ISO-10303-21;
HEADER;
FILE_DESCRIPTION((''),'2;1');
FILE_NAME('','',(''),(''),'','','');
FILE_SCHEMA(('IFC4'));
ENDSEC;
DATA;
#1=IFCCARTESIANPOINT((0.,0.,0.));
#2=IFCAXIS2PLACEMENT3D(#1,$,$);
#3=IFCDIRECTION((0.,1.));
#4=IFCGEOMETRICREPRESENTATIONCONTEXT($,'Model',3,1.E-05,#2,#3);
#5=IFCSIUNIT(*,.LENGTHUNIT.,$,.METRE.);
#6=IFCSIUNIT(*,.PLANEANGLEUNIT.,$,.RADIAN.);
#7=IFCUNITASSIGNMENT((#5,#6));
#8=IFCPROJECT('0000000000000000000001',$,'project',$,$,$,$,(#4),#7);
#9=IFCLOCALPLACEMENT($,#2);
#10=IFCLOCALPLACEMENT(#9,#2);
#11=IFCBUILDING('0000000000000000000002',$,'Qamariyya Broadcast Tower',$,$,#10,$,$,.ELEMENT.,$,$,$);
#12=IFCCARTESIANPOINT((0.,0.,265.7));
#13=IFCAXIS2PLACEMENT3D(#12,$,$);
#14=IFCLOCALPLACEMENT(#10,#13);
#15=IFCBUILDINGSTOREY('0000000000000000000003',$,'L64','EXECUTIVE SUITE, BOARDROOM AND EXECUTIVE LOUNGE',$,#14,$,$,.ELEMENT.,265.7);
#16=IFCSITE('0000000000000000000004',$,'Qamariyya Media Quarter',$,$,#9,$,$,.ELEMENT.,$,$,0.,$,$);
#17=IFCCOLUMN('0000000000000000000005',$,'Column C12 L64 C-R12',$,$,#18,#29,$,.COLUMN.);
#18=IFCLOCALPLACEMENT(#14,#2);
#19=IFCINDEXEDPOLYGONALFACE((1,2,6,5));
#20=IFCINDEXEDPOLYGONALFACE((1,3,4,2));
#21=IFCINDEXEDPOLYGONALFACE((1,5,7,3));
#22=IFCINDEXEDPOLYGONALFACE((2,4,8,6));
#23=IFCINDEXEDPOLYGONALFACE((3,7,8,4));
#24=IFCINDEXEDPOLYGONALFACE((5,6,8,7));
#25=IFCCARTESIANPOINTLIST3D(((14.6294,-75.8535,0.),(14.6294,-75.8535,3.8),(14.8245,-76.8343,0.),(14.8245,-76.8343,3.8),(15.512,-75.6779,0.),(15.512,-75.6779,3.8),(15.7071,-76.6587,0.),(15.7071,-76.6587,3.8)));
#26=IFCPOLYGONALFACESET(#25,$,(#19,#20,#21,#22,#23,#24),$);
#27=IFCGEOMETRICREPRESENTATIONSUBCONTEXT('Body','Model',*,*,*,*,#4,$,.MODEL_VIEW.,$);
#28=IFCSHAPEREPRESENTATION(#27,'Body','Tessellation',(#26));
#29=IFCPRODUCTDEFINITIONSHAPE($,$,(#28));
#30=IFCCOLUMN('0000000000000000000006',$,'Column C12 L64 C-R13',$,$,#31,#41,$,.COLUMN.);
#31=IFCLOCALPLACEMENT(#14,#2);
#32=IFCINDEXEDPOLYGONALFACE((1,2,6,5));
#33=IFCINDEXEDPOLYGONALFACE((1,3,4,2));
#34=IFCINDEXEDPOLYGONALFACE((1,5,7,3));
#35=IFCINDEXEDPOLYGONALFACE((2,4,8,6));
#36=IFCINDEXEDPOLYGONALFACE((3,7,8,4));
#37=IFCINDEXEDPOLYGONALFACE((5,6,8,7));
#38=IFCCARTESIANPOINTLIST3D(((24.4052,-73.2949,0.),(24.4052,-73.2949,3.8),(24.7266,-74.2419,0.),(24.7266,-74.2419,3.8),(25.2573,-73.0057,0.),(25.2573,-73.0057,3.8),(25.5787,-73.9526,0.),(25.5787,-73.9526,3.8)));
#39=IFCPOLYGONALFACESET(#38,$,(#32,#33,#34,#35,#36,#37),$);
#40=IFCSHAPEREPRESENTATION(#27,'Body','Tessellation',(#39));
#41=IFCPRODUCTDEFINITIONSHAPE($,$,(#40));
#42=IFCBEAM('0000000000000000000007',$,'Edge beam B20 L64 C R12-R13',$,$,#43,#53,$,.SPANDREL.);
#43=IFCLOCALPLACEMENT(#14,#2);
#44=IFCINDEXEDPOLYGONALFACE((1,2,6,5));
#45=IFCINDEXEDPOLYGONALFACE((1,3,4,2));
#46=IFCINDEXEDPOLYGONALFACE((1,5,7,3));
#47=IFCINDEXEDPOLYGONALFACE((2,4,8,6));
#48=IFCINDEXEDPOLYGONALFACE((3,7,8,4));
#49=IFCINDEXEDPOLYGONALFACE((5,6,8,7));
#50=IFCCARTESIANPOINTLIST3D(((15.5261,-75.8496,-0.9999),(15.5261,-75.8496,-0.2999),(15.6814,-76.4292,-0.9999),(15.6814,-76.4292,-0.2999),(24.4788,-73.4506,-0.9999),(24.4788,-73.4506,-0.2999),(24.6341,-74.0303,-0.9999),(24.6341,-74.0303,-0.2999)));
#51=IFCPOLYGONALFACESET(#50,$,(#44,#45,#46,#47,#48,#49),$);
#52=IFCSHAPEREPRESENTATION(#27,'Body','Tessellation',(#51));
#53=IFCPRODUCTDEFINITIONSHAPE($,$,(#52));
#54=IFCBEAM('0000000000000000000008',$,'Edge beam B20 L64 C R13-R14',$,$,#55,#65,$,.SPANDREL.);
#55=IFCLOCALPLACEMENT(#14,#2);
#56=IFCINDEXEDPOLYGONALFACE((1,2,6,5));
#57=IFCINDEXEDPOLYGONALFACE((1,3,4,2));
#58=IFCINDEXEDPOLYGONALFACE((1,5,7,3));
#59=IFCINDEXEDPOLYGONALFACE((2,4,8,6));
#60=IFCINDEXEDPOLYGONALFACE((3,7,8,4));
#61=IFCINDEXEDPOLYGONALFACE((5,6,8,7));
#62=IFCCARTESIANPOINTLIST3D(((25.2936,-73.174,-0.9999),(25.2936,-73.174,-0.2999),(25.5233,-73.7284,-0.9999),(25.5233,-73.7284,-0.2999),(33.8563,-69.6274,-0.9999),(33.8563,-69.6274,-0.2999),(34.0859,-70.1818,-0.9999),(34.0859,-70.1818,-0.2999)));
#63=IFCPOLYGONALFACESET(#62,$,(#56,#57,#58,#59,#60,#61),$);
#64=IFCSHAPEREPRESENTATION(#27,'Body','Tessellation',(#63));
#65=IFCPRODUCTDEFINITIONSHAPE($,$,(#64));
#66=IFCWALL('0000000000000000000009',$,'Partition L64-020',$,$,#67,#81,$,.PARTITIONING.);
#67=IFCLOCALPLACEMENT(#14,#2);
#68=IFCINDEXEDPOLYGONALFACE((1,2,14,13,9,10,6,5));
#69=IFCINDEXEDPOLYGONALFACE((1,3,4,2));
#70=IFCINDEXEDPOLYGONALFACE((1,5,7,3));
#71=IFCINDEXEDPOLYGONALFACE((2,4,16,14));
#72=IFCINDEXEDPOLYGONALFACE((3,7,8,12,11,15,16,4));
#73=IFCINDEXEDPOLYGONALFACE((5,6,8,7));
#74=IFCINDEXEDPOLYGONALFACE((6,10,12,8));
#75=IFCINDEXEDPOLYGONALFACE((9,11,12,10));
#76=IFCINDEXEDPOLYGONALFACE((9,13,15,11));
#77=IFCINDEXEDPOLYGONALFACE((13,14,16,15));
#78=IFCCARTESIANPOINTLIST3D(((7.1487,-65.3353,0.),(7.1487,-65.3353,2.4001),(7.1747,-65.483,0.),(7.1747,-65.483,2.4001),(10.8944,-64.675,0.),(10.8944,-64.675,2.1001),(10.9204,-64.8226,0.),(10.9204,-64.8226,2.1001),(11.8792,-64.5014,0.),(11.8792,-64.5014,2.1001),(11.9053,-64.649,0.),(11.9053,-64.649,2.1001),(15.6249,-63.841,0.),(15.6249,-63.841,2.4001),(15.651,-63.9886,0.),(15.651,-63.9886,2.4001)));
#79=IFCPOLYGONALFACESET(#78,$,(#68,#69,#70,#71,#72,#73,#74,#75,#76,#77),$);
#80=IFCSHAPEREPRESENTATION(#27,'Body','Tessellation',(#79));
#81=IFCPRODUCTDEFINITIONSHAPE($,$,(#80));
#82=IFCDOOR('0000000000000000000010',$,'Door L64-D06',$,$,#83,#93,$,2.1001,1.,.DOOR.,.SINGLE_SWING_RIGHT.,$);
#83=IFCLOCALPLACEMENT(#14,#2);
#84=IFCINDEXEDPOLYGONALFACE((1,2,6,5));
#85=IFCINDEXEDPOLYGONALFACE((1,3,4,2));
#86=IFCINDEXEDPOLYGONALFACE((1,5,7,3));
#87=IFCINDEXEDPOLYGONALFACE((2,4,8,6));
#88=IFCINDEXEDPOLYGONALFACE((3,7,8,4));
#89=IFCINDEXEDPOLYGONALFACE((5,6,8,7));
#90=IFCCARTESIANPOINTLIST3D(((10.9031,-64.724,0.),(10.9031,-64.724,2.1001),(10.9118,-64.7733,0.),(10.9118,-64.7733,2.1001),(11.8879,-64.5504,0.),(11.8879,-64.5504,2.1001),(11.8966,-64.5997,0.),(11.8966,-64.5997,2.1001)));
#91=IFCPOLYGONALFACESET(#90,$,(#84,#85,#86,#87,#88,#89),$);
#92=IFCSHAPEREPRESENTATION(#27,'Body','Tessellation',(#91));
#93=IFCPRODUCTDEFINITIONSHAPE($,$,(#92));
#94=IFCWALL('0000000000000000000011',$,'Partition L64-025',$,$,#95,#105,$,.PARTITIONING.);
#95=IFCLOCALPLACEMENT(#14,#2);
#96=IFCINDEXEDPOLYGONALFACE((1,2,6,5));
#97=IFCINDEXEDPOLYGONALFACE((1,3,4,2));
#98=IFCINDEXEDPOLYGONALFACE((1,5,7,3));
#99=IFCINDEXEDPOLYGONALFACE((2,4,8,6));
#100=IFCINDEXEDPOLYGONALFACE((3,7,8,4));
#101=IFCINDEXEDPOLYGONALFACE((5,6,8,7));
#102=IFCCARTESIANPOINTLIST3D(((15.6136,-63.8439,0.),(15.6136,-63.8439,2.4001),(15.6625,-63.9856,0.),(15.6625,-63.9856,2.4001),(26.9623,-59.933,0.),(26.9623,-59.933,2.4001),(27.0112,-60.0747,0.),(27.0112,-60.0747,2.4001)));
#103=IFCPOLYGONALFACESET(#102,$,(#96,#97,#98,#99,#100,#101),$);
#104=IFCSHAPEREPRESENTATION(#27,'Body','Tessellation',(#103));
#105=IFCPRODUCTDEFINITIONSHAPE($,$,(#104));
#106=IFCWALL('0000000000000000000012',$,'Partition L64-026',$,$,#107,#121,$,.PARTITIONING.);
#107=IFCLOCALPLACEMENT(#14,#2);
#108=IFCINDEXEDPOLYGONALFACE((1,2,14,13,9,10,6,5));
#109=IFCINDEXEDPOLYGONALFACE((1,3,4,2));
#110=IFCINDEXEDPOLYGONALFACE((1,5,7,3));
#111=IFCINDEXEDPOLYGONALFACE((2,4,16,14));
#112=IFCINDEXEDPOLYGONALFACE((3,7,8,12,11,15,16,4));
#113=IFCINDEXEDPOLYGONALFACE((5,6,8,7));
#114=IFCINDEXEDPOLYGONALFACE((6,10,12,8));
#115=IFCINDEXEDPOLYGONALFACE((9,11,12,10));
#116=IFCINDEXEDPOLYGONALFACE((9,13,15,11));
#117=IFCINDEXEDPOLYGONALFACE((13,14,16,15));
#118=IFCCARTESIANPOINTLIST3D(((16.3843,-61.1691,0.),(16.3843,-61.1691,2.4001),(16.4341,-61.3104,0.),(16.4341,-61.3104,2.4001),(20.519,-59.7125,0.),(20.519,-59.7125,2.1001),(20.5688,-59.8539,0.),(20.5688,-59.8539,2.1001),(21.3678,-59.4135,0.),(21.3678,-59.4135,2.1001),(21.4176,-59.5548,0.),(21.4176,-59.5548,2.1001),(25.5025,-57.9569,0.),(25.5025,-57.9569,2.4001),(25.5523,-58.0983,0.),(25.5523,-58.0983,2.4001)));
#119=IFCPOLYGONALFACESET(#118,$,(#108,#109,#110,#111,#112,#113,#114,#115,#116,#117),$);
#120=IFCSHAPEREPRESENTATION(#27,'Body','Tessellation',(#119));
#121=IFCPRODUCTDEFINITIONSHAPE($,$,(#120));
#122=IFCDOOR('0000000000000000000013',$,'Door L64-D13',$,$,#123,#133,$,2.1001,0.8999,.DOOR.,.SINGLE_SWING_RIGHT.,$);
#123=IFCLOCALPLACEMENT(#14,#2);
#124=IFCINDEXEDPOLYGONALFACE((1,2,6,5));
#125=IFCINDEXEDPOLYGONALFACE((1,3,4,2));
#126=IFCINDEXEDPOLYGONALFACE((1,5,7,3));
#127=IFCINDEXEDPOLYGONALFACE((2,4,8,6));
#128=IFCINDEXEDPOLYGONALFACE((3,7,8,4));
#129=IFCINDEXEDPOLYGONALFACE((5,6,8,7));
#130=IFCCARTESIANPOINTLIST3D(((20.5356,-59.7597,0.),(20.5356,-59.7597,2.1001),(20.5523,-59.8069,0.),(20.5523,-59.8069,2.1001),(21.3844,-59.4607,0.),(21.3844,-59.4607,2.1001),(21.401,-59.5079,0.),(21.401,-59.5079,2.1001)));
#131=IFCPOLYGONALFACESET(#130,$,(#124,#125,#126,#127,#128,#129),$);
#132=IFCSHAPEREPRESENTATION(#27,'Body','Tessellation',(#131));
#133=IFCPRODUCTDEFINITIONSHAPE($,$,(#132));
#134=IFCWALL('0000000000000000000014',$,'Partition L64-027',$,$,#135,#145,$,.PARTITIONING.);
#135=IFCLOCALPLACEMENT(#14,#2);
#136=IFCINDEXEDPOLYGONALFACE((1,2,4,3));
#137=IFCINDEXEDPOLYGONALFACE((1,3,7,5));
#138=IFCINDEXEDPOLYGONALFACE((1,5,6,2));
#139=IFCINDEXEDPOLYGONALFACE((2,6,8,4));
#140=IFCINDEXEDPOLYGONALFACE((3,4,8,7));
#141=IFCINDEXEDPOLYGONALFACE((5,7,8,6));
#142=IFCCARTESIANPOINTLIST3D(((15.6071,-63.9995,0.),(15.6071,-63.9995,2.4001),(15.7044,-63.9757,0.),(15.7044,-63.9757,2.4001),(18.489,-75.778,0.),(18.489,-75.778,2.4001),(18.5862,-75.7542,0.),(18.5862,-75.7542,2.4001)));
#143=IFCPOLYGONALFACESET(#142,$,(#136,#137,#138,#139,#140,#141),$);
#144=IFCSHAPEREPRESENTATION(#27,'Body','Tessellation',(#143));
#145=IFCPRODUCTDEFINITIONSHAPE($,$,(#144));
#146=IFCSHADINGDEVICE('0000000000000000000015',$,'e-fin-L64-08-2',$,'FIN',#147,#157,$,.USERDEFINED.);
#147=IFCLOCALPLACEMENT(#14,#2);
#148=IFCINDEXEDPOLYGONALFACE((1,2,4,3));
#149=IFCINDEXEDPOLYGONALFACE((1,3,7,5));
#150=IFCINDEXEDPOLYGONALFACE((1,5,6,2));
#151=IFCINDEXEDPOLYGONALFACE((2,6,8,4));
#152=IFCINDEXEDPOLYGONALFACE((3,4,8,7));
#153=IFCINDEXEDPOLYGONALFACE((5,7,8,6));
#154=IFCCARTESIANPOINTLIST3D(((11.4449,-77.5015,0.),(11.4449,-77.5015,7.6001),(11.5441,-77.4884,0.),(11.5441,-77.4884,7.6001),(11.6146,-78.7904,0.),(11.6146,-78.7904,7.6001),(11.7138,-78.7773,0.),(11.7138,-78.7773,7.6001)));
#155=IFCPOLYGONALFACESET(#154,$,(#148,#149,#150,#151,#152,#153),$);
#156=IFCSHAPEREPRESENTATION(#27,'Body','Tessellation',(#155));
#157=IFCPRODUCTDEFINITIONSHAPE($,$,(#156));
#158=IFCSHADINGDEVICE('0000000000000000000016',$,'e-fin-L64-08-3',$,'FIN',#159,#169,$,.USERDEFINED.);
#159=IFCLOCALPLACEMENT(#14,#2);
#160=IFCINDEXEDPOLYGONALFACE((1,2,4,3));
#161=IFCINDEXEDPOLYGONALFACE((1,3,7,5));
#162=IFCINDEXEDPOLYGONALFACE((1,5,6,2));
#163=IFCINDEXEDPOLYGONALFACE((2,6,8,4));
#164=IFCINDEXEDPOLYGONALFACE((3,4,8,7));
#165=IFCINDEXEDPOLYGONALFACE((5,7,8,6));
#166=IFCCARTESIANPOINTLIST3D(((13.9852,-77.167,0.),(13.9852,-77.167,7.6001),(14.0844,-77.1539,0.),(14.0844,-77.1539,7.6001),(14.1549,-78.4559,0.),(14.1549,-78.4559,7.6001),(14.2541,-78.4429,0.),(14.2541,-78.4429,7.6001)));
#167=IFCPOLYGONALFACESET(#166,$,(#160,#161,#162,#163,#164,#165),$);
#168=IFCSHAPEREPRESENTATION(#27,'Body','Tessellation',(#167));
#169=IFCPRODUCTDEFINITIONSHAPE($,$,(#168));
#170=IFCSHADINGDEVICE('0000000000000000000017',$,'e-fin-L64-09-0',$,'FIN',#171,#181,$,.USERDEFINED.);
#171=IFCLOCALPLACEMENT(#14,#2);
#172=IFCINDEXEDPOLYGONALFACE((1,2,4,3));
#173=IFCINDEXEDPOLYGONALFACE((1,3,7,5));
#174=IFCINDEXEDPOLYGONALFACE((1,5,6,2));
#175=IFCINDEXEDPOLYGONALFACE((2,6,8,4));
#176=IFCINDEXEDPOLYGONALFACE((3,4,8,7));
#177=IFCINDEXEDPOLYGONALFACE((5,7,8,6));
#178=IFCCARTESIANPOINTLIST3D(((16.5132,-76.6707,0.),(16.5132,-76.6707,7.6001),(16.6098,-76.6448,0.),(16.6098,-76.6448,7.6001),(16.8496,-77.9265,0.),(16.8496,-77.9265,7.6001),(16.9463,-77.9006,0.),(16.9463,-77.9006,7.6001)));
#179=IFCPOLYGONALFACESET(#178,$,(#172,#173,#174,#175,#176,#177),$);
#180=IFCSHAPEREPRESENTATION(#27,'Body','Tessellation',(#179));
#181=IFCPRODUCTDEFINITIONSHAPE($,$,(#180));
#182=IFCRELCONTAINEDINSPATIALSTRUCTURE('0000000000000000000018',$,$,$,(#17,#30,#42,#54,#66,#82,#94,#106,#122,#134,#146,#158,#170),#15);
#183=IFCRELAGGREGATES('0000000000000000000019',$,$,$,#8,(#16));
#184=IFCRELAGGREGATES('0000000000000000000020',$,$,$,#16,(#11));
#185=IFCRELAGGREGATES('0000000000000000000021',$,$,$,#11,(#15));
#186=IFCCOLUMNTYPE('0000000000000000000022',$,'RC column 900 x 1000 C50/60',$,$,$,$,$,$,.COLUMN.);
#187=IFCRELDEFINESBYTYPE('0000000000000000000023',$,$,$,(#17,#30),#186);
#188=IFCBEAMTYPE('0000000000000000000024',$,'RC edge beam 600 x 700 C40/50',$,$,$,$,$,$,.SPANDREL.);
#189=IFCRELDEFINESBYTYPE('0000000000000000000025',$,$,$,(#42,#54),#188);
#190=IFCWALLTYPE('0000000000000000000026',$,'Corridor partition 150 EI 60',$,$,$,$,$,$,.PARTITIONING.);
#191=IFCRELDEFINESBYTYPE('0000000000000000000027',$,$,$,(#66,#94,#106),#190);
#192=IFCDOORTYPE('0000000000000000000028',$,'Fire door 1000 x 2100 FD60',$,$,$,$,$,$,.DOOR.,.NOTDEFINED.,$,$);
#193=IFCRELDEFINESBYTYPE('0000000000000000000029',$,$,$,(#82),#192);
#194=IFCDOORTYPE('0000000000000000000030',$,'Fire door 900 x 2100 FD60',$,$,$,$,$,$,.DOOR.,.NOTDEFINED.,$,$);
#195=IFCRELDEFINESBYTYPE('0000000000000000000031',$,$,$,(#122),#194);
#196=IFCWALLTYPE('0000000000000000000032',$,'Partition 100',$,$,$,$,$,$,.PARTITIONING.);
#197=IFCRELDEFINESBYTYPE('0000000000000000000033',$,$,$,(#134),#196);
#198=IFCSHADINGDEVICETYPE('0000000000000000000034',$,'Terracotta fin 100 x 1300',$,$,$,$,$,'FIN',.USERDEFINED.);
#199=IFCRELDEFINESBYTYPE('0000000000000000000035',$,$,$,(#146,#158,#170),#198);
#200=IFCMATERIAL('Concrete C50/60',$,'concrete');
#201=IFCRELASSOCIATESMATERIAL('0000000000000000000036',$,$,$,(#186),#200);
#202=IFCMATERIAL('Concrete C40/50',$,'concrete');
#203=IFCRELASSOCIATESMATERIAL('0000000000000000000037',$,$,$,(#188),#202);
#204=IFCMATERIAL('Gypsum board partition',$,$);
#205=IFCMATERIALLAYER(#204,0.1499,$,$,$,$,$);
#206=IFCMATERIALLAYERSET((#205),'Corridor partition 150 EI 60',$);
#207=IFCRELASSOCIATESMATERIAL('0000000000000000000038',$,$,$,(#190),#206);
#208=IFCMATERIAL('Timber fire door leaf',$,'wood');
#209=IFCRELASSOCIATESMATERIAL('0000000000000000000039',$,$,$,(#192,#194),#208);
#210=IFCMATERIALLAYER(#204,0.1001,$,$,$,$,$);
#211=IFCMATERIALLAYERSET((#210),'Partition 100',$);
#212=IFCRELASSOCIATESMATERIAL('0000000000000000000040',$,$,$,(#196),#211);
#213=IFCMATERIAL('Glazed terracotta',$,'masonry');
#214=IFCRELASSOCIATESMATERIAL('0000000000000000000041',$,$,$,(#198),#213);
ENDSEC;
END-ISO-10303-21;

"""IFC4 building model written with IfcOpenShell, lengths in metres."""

from ifc_helpers import new_model, si_unit, direction, frame, frame_2d, origin, origin_2d, place, context, subcontext, project, spatial, rectangle, extrude, material, layer, layer_set, material_profile, profile_set, type_object, element, fill, save


model = new_model("IFC4")

# Units and contexts
model_context = context("Model", 3, precision=1e-05, world=origin(), true_north=direction((0.0, 1.0)))
body_context = subcontext(model_context, "Body", "Model", "MODEL_VIEW")
ifc_project = project(units=[si_unit("LENGTHUNIT", "METRE"), si_unit("PLANEANGLEUNIT", "RADIAN")], contexts=[model_context])

# Site, building, storey
site_placement = place(None, origin())
site = spatial("IfcSite", under=ifc_project, at=site_placement, Name="Qamariyya Media Quarter", CompositionType="ELEMENT", RefElevation=0.0)
building_placement = place(site_placement, origin())
building = spatial("IfcBuilding", under=site, at=building_placement, Name="Qamariyya Broadcast Tower", CompositionType="ELEMENT")
storey_placement = place(building_placement, frame((0.0, 0.0, 265.7)))
storey = spatial("IfcBuildingStorey", under=building, at=storey_placement, Name="L64", Description="EXECUTIVE SUITE, BOARDROOM AND EXECUTIVE LOUNGE", CompositionType="ELEMENT", Elevation=265.7)

# Columns
ifc_material_1 = material(Name="Concrete C50/60", Category="concrete")
ifc_material_profile_1 = material_profile(ifc_material_1, rectangle(XDim=0.8999, YDim=1.0, at=origin_2d()))
ifc_profile_set_1 = profile_set([ifc_material_profile_1], Name="Concrete C50/60")
column_type = type_object("IfcColumnType", Name="RC column 900 x 1000 C50/60", PredefinedType="COLUMN", material=ifc_profile_set_1)
for number, where, z_axis, x_axis, name in (
    (1, (15.1682, -76.2561, 0.0), (0.0, 0.0, 1.0), (0.980785, 0.19509, 0.0), "Column C12 L64 C-R12"),
    (2, (24.9919, -73.6238, 0.0), (0.0, 0.0, 1.0), (0.94693, 0.321439, 0.0), "Column C12 L64 C-R13"),
):
    element("IfcColumn", number, at=place(storey_placement, frame(where, z_axis=z_axis, x_axis=x_axis)), inside=storey, type_object=column_type, Name=name, PredefinedType="COLUMN", context=body_context, shape_type="SweptSolid", body=[
        extrude(rectangle(XDim=0.8999, YDim=1.0, at=origin_2d()), origin(), (0.0, 0.0, 1.0), 3.8),
    ])

# Beams
ifc_material_2 = material(Name="Concrete C40/50", Category="concrete")
ifc_material_profile_2 = material_profile(ifc_material_2, rectangle(XDim=0.6001, YDim=0.7, at=origin_2d()))
ifc_profile_set_2 = profile_set([ifc_material_profile_2], Name="Concrete C40/50")
beam_type = type_object("IfcBeamType", Name="RC edge beam 600 x 700 C40/50", PredefinedType="SPANDREL", material=ifc_profile_set_2)
beam_1_placement = place(storey_placement, frame((15.6038, -76.1394, -0.6499), z_axis=(0.965924, 0.258826, 0.0), x_axis=(-0.258826, 0.965924, 0.0)))
element("IfcBeam", 3, at=beam_1_placement, inside=storey, type_object=beam_type, Name="Edge beam B20 L64 C R12-R13", PredefinedType="SPANDREL", context=body_context, shape_type="SweptSolid", body=[
    extrude(rectangle(XDim=0.6001, YDim=0.7, at=origin_2d()), origin(), (0.0, 0.0, 1.0), 9.2686),
])
beam_2_placement = place(storey_placement, frame((25.4084, -73.4512, -0.6499), z_axis=(0.923886, 0.382667, 0.0), x_axis=(-0.382667, 0.923886, 0.0)))
element("IfcBeam", 4, at=beam_2_placement, inside=storey, type_object=beam_type, Name="Edge beam B20 L64 C R13-R14", PredefinedType="SPANDREL", context=body_context, shape_type="SweptSolid", body=[
    extrude(rectangle(XDim=0.6001, YDim=0.7, at=origin_2d()), origin(), (0.0, 0.0, 1.0), 9.2681),
])

# Wall, opening, door
ifc_material_3 = material(Name="Gypsum board partition")
ifc_layer_1 = layer(ifc_material_3, 0.1499)
ifc_layer_set_1 = layer_set([ifc_layer_1], Name="Corridor partition 150 EI 60")
wall_type_1 = type_object("IfcWallType", Name="Corridor partition 150 EI 60", PredefinedType="PARTITIONING", material=ifc_layer_set_1)
wall_1_placement = place(storey_placement, frame((15.6379, -63.9148, 0.0), z_axis=(0.0, 0.0, 1.0), x_axis=(-0.984812, -0.173624, 0.0)))
wall_1 = element("IfcWall", 5, at=wall_1_placement, inside=storey, type_object=wall_type_1, Name="Partition L64-020", PredefinedType="PARTITIONING", context=body_context, shape_type="SweptSolid", body=[
    extrude(rectangle(XDim=8.6069, YDim=0.1499, at=frame_2d((4.3035, 0.0))), origin(), (0.0, 0.0, 1.0), 2.4001),
])
opening_1_placement = place(wall_1_placement, frame((3.8035, 0.0, 0.0)))
opening_1 = element("IfcOpeningElement", 6, at=opening_1_placement, cuts=wall_1, PredefinedType="OPENING", context=body_context, shape_type="SweptSolid", body=[
    extrude(rectangle(XDim=1.0, YDim=2.1001, at=frame_2d((0.5, 1.05))), frame((0.0, 0.085, 0.0), z_axis=(0.0, -1.0, 0.0), x_axis=(1.0, 0.0, 0.0)), (0.0, 0.0, 1.0), 0.1699),
])
ifc_material_4 = material(Name="Timber fire door leaf", Category="wood")
door_type_1 = type_object("IfcDoorType", Name="Fire door 1000 x 2100 FD60", OperationType="NOTDEFINED", PredefinedType="DOOR", material=ifc_material_4)
door_1_placement = place(opening_1_placement, origin())
door_1 = element("IfcDoor", 7, at=door_1_placement, inside=storey, type_object=door_type_1, Name="Door L64-D06", OperationType="SINGLE_SWING_RIGHT", OverallHeight=2.1001, OverallWidth=1.0, PredefinedType="DOOR", context=body_context, shape_type="SweptSolid", body=[
    extrude(rectangle(XDim=1.0, YDim=2.1001, at=frame_2d((0.5, 1.05))), frame((0.0, 0.0249, 0.0), z_axis=(0.0, -1.0, 0.0), x_axis=(1.0, 0.0, 0.0)), (0.0, 0.0, 1.0), 0.05),
])
fill(opening_1, door_1)

# Wall
wall_2_placement = place(storey_placement, frame((15.6379, -63.9148, 0.0), z_axis=(0.0, 0.0, 1.0), x_axis=(0.945435, 0.32581, 0.0)))
element("IfcWall", 8, at=wall_2_placement, inside=storey, type_object=wall_type_1, Name="Partition L64-025", PredefinedType="PARTITIONING", context=body_context, shape_type="SweptSolid", body=[
    extrude(rectangle(XDim=12.0037, YDim=0.1499, at=frame_2d((6.002, 0.0))), origin(), (0.0, 0.0, 1.0), 2.4001),
])

# Wall, opening, door
wall_3_placement = place(storey_placement, frame((16.4092, -61.2397, 0.0), z_axis=(0.0, 0.0, 1.0), x_axis=(0.943186, 0.332267, 0.0)))
wall_3 = element("IfcWall", 9, at=wall_3_placement, inside=storey, type_object=wall_type_1, Name="Partition L64-026", PredefinedType="PARTITIONING", context=body_context, shape_type="SweptSolid", body=[
    extrude(rectangle(XDim=9.6675, YDim=0.1499, at=frame_2d((4.8337, 0.0))), origin(), (0.0, 0.0, 1.0), 2.4001),
])
opening_2_placement = place(wall_3_placement, frame((4.3838, 0.0, 0.0)))
opening_2 = element("IfcOpeningElement", 10, at=opening_2_placement, cuts=wall_3, PredefinedType="OPENING", context=body_context, shape_type="SweptSolid", body=[
    extrude(rectangle(XDim=0.8999, YDim=2.1001, at=frame_2d((0.45, 1.05))), frame((0.0, 0.085, 0.0), z_axis=(0.0, -1.0, 0.0), x_axis=(1.0, 0.0, 0.0)), (0.0, 0.0, 1.0), 0.1699),
])
door_type_2 = type_object("IfcDoorType", Name="Fire door 900 x 2100 FD60", OperationType="NOTDEFINED", PredefinedType="DOOR", material=ifc_material_4)
door_2_placement = place(opening_2_placement, origin())
door_2 = element("IfcDoor", 11, at=door_2_placement, inside=storey, type_object=door_type_2, Name="Door L64-D13", OperationType="SINGLE_SWING_RIGHT", OverallHeight=2.1001, OverallWidth=0.8999, PredefinedType="DOOR", context=body_context, shape_type="SweptSolid", body=[
    extrude(rectangle(XDim=0.8999, YDim=2.1001, at=frame_2d((0.45, 1.05))), frame((0.0, 0.0249, 0.0), z_axis=(0.0, -1.0, 0.0), x_axis=(1.0, 0.0, 0.0)), (0.0, 0.0, 1.0), 0.05),
])
fill(opening_2, door_2)

# Wall
ifc_layer_2 = layer(ifc_material_3, 0.1001)
ifc_layer_set_2 = layer_set([ifc_layer_2], Name="Partition 100")
wall_type_2 = type_object("IfcWallType", Name="Partition 100", PredefinedType="PARTITIONING", material=ifc_layer_set_2)
wall_4_placement = place(storey_placement, frame((18.5376, -75.7661, 0.0), z_axis=(0.0, 0.0, 1.0), x_axis=(-0.237658, 0.971349, 0.0)))
element("IfcWall", 12, at=wall_4_placement, inside=storey, type_object=wall_type_2, Name="Partition L64-027", PredefinedType="PARTITIONING", context=body_context, shape_type="SweptSolid", body=[
    extrude(rectangle(XDim=12.126, YDim=0.1001, at=frame_2d((6.063, 0.0))), origin(), (0.0, 0.0, 1.0), 2.4001),
])

# Shading devices
ifc_material_5 = material(Name="Glazed terracotta", Category="masonry")
ifc_material_profile_3 = material_profile(ifc_material_5, rectangle(XDim=1.3, YDim=0.1001, at=origin_2d()))
ifc_profile_set_3 = profile_set([ifc_material_profile_3], Name="Glazed terracotta")
shading_device_type_1 = type_object("IfcShadingDeviceType", Name="Terracotta fin 100 x 1300", ElementType="FIN", PredefinedType="USERDEFINED", material=ifc_profile_set_3)
for number, where, z_axis, x_axis, name in (
    (13, (11.5793, -78.1394, 0.0), (0.0, 0.0, 1.0), (0.130526, -0.991445, 0.0), "e-fin-L64-08-2"),
    (14, (14.1196, -77.8049, 0.0), (0.0, 0.0, 1.0), (0.130526, -0.991445, 0.0), "e-fin-L64-08-3"),
    (15, (16.7297, -77.2856, 0.0), (0.0, 0.0, 1.0), (0.258819, -0.965926, 0.0), "e-fin-L64-09-0"),
):
    element("IfcShadingDevice", number, at=place(storey_placement, frame(where, z_axis=z_axis, x_axis=x_axis)), inside=storey, type_object=shading_device_type_1, Name=name, ObjectType="FIN", PredefinedType="USERDEFINED", context=body_context, shape_type="SweptSolid", body=[
        extrude(rectangle(XDim=1.3, YDim=0.1001, at=origin_2d()), origin(), (0.0, 0.0, 1.0), 7.6001),
    ])

save(model, "model.ifc")
